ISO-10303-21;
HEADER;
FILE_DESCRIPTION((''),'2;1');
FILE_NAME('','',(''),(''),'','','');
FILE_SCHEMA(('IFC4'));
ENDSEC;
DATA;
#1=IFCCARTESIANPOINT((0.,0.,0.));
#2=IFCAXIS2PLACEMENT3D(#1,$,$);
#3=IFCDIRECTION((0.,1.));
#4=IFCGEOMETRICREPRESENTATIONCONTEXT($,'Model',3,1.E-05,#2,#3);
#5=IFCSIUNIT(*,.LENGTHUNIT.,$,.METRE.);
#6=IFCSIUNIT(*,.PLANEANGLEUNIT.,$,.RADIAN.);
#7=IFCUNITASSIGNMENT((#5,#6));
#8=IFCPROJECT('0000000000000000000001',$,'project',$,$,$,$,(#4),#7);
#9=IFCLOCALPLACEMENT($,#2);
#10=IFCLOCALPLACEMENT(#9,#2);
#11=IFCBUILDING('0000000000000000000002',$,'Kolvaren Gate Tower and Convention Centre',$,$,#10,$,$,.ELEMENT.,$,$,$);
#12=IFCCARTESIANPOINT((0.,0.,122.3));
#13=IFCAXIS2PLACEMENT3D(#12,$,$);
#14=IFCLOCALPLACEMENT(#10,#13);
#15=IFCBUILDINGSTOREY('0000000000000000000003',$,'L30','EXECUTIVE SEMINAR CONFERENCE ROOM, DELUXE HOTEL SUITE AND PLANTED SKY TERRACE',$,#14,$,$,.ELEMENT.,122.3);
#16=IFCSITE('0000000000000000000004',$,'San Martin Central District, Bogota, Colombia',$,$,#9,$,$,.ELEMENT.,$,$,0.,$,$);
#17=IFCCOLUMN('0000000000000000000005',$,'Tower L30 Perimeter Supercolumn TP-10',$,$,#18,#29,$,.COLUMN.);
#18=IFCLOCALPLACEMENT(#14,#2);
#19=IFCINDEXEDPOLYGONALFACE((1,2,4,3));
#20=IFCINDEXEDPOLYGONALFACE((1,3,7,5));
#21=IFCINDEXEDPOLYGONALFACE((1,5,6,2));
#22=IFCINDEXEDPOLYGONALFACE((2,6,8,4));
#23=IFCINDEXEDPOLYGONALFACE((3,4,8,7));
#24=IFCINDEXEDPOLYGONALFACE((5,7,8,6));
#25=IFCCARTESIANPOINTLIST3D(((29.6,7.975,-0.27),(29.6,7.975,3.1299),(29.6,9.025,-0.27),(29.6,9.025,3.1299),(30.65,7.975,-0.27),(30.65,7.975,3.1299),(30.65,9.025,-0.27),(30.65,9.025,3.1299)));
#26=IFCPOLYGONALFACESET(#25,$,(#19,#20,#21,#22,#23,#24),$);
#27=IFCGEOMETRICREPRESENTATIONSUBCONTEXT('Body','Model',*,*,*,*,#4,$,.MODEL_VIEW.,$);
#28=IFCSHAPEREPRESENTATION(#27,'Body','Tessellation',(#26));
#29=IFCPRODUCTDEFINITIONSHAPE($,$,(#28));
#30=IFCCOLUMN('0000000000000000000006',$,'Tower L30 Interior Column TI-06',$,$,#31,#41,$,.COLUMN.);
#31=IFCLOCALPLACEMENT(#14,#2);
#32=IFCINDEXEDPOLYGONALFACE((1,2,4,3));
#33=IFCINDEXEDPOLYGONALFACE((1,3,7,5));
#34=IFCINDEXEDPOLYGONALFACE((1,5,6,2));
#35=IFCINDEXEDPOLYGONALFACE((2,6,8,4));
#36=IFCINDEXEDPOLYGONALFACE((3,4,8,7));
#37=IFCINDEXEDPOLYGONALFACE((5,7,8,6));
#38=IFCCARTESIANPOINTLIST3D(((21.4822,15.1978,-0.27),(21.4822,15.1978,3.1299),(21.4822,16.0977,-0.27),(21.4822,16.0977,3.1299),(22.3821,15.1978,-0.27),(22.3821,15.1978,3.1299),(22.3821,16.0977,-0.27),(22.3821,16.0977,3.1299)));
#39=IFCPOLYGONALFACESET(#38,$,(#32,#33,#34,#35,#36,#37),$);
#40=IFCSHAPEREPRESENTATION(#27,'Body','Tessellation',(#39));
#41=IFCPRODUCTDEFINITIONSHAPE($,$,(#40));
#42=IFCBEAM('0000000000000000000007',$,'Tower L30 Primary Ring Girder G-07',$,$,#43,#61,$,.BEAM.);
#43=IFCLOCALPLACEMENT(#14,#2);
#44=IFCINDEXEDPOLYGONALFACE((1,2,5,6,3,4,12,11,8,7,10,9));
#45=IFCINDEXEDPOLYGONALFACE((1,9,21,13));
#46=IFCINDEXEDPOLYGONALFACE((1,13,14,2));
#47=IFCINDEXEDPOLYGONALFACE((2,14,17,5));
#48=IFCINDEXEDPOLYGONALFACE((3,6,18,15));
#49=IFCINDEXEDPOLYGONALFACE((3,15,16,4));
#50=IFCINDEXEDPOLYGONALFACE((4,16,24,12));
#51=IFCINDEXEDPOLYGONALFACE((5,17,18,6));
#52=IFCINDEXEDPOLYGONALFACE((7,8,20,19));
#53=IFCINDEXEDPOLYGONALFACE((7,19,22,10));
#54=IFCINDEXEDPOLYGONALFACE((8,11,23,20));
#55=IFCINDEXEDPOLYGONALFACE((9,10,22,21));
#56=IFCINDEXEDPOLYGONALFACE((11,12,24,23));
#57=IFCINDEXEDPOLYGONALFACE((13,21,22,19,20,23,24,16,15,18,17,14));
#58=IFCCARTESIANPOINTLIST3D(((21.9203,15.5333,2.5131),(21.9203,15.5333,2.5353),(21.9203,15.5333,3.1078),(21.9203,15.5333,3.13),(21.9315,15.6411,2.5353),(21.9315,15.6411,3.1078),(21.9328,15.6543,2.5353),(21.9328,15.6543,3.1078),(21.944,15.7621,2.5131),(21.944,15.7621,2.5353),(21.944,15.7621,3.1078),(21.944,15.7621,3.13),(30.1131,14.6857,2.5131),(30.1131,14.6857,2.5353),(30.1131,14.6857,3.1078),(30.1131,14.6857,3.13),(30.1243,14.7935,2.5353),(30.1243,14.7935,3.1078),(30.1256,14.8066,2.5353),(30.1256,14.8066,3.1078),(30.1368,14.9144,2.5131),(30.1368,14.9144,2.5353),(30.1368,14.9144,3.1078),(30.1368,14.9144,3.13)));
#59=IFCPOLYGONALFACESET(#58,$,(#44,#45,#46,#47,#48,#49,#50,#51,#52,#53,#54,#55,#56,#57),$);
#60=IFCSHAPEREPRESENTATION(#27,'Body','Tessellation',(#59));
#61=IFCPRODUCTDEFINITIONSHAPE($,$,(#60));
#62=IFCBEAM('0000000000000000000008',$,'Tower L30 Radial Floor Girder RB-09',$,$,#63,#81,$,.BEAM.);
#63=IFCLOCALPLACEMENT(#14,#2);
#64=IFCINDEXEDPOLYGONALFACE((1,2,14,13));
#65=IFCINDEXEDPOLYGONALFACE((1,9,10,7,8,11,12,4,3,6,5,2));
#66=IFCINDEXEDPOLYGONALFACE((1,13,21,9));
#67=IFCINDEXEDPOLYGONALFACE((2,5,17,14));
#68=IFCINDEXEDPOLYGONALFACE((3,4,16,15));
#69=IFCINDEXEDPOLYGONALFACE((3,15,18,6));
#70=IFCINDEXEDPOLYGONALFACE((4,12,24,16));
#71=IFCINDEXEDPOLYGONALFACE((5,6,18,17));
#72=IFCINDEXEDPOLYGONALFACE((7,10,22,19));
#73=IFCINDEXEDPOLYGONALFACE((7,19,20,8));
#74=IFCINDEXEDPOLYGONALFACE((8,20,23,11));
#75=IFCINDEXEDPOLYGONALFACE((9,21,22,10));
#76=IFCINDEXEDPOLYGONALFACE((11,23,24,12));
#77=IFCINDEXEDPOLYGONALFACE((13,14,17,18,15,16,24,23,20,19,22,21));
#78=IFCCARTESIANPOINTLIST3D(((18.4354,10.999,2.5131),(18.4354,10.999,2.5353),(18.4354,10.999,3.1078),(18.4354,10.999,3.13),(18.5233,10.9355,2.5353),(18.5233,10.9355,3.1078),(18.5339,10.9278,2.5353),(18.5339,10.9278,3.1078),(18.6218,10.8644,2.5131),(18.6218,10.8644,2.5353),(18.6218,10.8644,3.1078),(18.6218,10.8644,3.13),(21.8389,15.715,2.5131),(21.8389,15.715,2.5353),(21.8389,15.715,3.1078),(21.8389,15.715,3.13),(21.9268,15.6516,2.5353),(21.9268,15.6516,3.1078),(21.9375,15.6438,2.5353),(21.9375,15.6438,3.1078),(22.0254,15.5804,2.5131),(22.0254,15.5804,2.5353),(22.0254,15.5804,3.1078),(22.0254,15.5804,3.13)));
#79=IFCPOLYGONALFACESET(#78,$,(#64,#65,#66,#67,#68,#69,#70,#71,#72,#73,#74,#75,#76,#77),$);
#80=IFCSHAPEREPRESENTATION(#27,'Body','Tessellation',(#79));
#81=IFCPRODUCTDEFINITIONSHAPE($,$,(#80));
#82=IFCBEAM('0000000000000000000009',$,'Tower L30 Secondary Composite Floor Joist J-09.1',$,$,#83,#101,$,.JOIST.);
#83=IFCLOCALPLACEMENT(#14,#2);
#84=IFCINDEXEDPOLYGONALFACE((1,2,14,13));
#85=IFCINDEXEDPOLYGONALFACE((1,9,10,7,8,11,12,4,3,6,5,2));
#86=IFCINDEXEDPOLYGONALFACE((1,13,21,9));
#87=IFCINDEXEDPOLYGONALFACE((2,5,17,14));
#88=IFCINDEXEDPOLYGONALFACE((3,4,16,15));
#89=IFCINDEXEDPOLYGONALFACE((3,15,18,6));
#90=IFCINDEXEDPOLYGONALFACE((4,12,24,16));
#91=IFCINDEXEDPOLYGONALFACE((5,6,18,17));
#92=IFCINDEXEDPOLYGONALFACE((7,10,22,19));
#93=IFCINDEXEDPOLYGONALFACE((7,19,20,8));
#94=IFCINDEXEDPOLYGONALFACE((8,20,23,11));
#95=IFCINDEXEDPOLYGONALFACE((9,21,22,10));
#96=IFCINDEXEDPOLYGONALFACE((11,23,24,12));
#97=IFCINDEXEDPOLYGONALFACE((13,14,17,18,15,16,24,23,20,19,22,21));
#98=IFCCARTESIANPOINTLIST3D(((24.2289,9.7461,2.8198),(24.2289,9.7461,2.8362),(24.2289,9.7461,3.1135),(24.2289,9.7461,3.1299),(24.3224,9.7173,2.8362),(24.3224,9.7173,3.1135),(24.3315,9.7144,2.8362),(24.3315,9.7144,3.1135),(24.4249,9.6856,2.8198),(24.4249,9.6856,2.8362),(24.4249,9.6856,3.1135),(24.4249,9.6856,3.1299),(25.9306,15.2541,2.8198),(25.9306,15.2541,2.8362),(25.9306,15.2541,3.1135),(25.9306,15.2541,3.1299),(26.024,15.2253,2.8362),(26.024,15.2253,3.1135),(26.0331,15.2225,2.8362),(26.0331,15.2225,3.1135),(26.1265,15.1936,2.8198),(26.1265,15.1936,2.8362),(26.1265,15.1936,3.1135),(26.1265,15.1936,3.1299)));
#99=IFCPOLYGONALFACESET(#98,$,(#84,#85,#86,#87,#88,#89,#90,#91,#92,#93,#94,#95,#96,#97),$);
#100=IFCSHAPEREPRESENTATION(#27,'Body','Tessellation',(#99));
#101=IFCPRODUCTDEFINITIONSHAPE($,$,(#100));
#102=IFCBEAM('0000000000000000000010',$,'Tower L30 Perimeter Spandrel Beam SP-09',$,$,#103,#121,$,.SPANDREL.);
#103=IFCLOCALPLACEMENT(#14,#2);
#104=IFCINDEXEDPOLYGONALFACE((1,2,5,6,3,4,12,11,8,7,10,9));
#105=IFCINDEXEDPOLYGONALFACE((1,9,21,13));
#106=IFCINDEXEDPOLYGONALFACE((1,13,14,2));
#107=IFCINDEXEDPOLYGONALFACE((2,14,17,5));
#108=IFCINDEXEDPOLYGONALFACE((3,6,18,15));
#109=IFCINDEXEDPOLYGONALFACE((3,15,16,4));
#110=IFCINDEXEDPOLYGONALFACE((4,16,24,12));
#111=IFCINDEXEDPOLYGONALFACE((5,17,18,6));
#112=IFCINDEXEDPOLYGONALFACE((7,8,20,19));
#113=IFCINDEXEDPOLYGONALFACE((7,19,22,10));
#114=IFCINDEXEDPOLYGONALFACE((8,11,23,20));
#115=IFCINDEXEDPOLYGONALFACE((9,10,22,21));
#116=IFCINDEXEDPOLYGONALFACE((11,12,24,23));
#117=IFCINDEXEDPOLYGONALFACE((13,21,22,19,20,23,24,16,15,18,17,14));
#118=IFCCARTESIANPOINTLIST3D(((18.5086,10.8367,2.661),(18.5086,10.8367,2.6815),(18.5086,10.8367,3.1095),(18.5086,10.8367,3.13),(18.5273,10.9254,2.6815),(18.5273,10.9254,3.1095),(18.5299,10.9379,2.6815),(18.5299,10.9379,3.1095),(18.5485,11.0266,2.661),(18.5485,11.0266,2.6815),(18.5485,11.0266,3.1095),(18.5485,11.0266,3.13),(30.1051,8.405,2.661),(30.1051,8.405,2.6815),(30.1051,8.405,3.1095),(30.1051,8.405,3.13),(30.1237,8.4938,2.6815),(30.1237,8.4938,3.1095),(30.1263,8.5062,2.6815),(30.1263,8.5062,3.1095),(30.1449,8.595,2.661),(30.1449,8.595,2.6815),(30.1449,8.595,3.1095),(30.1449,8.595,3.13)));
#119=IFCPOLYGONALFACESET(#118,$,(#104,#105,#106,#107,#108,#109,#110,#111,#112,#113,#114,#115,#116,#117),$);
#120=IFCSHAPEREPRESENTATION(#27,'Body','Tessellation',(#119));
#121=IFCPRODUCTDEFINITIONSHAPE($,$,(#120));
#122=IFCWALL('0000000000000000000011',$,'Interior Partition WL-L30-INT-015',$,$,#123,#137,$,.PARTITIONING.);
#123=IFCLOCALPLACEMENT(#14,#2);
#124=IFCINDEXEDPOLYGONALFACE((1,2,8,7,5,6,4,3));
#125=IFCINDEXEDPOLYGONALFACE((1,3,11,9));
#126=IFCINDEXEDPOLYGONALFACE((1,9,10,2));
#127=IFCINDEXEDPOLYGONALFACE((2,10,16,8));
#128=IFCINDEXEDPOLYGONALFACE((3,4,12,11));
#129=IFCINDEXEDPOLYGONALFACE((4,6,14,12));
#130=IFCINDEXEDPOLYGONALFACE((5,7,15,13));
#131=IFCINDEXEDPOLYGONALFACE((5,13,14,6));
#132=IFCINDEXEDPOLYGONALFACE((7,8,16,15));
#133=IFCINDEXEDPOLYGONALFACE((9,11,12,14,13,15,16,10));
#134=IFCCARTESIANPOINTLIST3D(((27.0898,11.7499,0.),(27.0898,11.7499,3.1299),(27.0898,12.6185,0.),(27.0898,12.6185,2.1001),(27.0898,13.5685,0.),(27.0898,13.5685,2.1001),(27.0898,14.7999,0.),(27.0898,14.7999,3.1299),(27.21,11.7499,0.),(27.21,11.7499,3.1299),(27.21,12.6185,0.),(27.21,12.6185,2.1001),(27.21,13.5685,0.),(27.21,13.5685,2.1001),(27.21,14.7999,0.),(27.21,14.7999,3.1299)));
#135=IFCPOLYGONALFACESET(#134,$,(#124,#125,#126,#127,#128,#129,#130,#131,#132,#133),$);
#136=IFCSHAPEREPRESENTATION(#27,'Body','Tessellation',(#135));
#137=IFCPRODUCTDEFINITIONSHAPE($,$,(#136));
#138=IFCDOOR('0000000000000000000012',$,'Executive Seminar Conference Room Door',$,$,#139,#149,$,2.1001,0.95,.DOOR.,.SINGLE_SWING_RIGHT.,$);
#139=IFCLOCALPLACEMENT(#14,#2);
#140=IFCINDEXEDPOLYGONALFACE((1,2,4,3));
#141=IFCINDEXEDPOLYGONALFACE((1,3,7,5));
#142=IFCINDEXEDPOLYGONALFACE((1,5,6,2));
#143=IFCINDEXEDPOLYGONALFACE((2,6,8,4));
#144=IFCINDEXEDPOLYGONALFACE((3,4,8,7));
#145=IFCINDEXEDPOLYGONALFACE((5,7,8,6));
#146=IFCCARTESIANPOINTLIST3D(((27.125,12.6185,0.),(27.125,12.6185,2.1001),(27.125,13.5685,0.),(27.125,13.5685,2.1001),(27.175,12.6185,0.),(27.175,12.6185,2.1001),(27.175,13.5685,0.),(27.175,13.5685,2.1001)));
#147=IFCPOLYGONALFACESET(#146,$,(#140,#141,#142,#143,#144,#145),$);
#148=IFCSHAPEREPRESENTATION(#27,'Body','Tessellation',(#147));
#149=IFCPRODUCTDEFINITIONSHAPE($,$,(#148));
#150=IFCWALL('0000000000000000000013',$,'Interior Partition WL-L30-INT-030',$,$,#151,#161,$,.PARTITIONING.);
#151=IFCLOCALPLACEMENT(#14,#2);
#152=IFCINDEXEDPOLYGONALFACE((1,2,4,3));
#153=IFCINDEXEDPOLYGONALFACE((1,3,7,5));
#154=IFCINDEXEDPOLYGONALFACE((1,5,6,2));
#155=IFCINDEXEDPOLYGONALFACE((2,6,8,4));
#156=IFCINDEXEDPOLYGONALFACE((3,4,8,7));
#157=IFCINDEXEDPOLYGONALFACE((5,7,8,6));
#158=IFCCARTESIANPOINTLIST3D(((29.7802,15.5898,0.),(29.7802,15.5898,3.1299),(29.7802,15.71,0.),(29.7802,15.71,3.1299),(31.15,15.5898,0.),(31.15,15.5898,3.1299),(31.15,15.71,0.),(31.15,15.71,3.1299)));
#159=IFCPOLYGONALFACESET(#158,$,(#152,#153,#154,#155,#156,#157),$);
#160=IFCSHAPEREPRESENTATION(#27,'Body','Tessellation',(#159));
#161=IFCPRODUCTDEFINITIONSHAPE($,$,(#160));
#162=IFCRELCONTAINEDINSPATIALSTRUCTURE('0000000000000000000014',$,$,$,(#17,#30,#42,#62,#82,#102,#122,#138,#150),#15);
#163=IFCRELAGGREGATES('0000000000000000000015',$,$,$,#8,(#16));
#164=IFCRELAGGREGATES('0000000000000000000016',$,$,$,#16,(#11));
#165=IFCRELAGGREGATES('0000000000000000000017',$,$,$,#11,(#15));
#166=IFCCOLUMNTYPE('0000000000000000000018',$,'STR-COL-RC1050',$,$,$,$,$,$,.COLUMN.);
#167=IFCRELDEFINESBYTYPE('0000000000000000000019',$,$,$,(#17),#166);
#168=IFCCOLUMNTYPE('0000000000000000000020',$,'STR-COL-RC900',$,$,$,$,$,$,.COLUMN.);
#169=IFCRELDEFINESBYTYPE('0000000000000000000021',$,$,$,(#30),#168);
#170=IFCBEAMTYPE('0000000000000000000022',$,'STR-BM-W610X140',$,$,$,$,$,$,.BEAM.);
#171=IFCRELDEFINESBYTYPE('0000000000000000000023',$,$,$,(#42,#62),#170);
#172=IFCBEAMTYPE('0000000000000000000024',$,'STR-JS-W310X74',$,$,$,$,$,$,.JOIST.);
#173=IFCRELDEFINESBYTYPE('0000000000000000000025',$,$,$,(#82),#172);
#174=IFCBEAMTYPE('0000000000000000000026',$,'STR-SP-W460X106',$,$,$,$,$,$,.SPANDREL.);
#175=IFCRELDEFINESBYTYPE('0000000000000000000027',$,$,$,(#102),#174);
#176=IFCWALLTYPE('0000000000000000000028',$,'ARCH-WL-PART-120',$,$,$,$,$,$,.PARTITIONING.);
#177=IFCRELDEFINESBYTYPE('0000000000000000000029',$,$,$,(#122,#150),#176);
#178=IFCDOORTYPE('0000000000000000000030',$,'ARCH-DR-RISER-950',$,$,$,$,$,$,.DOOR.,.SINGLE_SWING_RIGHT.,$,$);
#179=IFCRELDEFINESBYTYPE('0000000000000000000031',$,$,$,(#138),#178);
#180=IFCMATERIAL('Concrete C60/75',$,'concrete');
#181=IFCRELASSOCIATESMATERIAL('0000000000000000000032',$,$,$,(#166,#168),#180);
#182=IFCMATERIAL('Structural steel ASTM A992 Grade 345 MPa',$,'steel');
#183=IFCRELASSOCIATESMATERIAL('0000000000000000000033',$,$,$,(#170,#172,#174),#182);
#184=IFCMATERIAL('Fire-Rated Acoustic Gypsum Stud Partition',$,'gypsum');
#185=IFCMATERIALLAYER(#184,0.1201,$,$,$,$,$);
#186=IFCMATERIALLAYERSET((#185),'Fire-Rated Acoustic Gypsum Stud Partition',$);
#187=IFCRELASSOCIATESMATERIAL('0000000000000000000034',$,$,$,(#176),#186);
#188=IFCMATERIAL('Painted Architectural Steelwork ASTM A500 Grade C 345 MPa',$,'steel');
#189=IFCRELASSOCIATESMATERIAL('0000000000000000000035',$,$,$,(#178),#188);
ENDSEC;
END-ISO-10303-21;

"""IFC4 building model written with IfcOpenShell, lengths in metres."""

from ifc_helpers import new_model, si_unit, direction, frame, frame_2d, origin, origin_2d, place, context, subcontext, project, spatial, rectangle, i_section, extrude, material, layer, layer_set, material_profile, profile_set, type_object, element, fill, save


model = new_model("IFC4")

# Units and contexts
model_context = context("Model", 3, precision=1e-05, world=origin(), true_north=direction((0.0, 1.0)))
body_context = subcontext(model_context, "Body", "Model", "MODEL_VIEW")
ifc_project = project(units=[si_unit("LENGTHUNIT", "METRE"), si_unit("PLANEANGLEUNIT", "RADIAN")], contexts=[model_context])

# Site, building, storey
site_placement = place(None, origin())
site = spatial("IfcSite", under=ifc_project, at=site_placement, Name="San Martin Central District, Bogota, Colombia", CompositionType="ELEMENT", RefElevation=0.0)
building_placement = place(site_placement, origin())
building = spatial("IfcBuilding", under=site, at=building_placement, Name="Kolvaren Gate Tower and Convention Centre", CompositionType="ELEMENT")
storey_placement = place(building_placement, frame((0.0, 0.0, 122.3)))
storey = spatial("IfcBuildingStorey", under=building, at=storey_placement, Name="L30", Description="EXECUTIVE SEMINAR CONFERENCE ROOM, DELUXE HOTEL SUITE AND PLANTED SKY TERRACE", CompositionType="ELEMENT", Elevation=122.3)

# Columns
ifc_material_1 = material(Name="Concrete C60/75", Category="concrete")
ifc_material_profile_1 = material_profile(ifc_material_1, rectangle(XDim=1.05, YDim=1.05, at=origin_2d()), Name="RC-COL-1050X1050")
ifc_profile_set_1 = profile_set([ifc_material_profile_1], Name="Concrete C60/75")
column_type_1 = type_object("IfcColumnType", Name="STR-COL-RC1050", PredefinedType="COLUMN", material=ifc_profile_set_1)
column_1_placement = place(storey_placement, frame((30.125, 8.5, -0.27), z_axis=(0.0, 0.0, 1.0), x_axis=(1.0, 0.0, 0.0)))
element("IfcColumn", 1, at=column_1_placement, inside=storey, type_object=column_type_1, Name="Tower L30 Perimeter Supercolumn TP-10", PredefinedType="COLUMN", context=body_context, shape_type="SweptSolid", body=[
    extrude(rectangle(XDim=1.05, YDim=1.05, at=origin_2d()), origin(), (0.0, 0.0, 1.0), 3.3999),
])
ifc_material_profile_2 = material_profile(ifc_material_1, rectangle(XDim=0.8999, YDim=0.8999, at=origin_2d()), Name="RC-COL-900X900")
ifc_profile_set_2 = profile_set([ifc_material_profile_2], Name="Concrete C60/75")
column_type_2 = type_object("IfcColumnType", Name="STR-COL-RC900", PredefinedType="COLUMN", material=ifc_profile_set_2)
column_2_placement = place(storey_placement, frame((21.9321, 15.6477, -0.27), z_axis=(0.0, 0.0, 1.0), x_axis=(1.0, 0.0, 0.0)))
element("IfcColumn", 2, at=column_2_placement, inside=storey, type_object=column_type_2, Name="Tower L30 Interior Column TI-06", PredefinedType="COLUMN", context=body_context, shape_type="SweptSolid", body=[
    extrude(rectangle(XDim=0.8999, YDim=0.8999, at=origin_2d()), origin(), (0.0, 0.0, 1.0), 3.3999),
])

# Beams
ifc_material_2 = material(Name="Structural steel ASTM A992 Grade 345 MPa", Category="steel")
ifc_material_profile_3 = material_profile(ifc_material_2, i_section(OverallWidth=0.23, OverallDepth=0.6169, WebThickness=0.0132, FlangeThickness=0.0222, at=origin_2d()), Name="W610X140")
ifc_profile_set_3 = profile_set([ifc_material_profile_3], Name="Structural steel ASTM A992 Grade 345 MPa")
beam_type_1 = type_object("IfcBeamType", Name="STR-BM-W610X140", PredefinedType="BEAM", material=ifc_profile_set_3)
beam_1_placement = place(storey_placement, frame((21.9321, 15.6477, 2.8215), z_axis=(0.99469, -0.102913, 0.0), x_axis=(0.102913, 0.99469, 0.0)))
element("IfcBeam", 3, at=beam_1_placement, inside=storey, type_object=beam_type_1, Name="Tower L30 Primary Ring Girder G-07", PredefinedType="BEAM", context=body_context, shape_type="SweptSolid", body=[
    extrude(i_section(OverallWidth=0.23, OverallDepth=0.6169, WebThickness=0.0132, FlangeThickness=0.0222, at=origin_2d()), origin(), (0.0, 0.0, 1.0), 8.2366),
])
beam_2_placement = place(storey_placement, frame((21.9321, 15.6477, 2.8215), z_axis=(-0.58521, -0.810882, 0.0), x_axis=(0.810882, -0.58521, 0.0)))
element("IfcBeam", 4, at=beam_2_placement, inside=storey, type_object=beam_type_1, Name="Tower L30 Radial Floor Girder RB-09", PredefinedType="BEAM", context=body_context, shape_type="SweptSolid", body=[
    extrude(i_section(OverallWidth=0.23, OverallDepth=0.6169, WebThickness=0.0132, FlangeThickness=0.0222, at=origin_2d()), origin(), (0.0, 0.0, 1.0), 5.8159),
])
ifc_material_profile_4 = material_profile(ifc_material_2, i_section(OverallWidth=0.2051, OverallDepth=0.3101, WebThickness=0.0095, FlangeThickness=0.0164, at=origin_2d()), Name="W310X74")
ifc_profile_set_4 = profile_set([ifc_material_profile_4], Name="Structural steel ASTM A992 Grade 345 MPa")
beam_type_2 = type_object("IfcBeamType", Name="STR-JS-W310X74", PredefinedType="JOIST", material=ifc_profile_set_4)
beam_3_placement = place(storey_placement, frame((26.0286, 15.2239, 2.9749), z_axis=(-0.295175, -0.955443, 0.0), x_axis=(0.955443, -0.295175, 0.0)))
element("IfcBeam", 5, at=beam_3_placement, inside=storey, type_object=beam_type_2, Name="Tower L30 Secondary Composite Floor Joist J-09.1", PredefinedType="JOIST", context=body_context, shape_type="SweptSolid", body=[
    extrude(i_section(OverallWidth=0.2051, OverallDepth=0.3101, WebThickness=0.0095, FlangeThickness=0.0164, at=origin_2d()), origin(), (0.0, 0.0, 1.0), 5.7649),
])
ifc_material_profile_5 = material_profile(ifc_material_2, i_section(OverallWidth=0.1941, OverallDepth=0.469, WebThickness=0.0127, FlangeThickness=0.0205, at=origin_2d()), Name="W460X106")
ifc_profile_set_5 = profile_set([ifc_material_profile_5], Name="Structural steel ASTM A992 Grade 345 MPa")
beam_type_3 = type_object("IfcBeamType", Name="STR-SP-W460X106", PredefinedType="SPANDREL", material=ifc_profile_set_5)
beam_4_placement = place(storey_placement, frame((18.5286, 10.9316, 2.8955), z_axis=(0.978715, -0.205225, 0.0), x_axis=(0.205225, 0.978715, 0.0)))
element("IfcBeam", 6, at=beam_4_placement, inside=storey, type_object=beam_type_3, Name="Tower L30 Perimeter Spandrel Beam SP-09", PredefinedType="SPANDREL", context=body_context, shape_type="SweptSolid", body=[
    extrude(i_section(OverallWidth=0.1941, OverallDepth=0.469, WebThickness=0.0127, FlangeThickness=0.0205, at=origin_2d()), origin(), (0.0, 0.0, 1.0), 11.8486),
])

# Wall, opening, door
ifc_material_3 = material(Name="Fire-Rated Acoustic Gypsum Stud Partition", Category="gypsum")
ifc_layer_1 = layer(ifc_material_3, 0.1201)
ifc_layer_set_1 = layer_set([ifc_layer_1], Name="Fire-Rated Acoustic Gypsum Stud Partition")
wall_type_1 = type_object("IfcWallType", Name="ARCH-WL-PART-120", PredefinedType="PARTITIONING", material=ifc_layer_set_1)
wall_1_placement = place(storey_placement, frame((27.1499, 11.75, 0.0), z_axis=(0.0, 0.0, 1.0), x_axis=(0.0, 1.0, 0.0)))
wall_1 = element("IfcWall", 7, at=wall_1_placement, inside=storey, type_object=wall_type_1, Name="Interior Partition WL-L30-INT-015", PredefinedType="PARTITIONING", context=body_context, shape_type="SweptSolid", body=[
    extrude(rectangle(XDim=3.05, YDim=0.1201, at=frame_2d((1.5249, 0.0))), origin(), (0.0, 0.0, 1.0), 3.1299),
])
opening_1_placement = place(wall_1_placement, frame((0.8684, 0.0, 0.0)))
opening_1 = element("IfcOpeningElement", 8, at=opening_1_placement, cuts=wall_1, PredefinedType="OPENING", context=body_context, shape_type="SweptSolid", body=[
    extrude(rectangle(XDim=0.95, YDim=2.1001, at=frame_2d((0.4751, 1.05))), frame((0.0, 0.0701, 0.0), z_axis=(0.0, -1.0, 0.0), x_axis=(1.0, 0.0, 0.0)), (0.0, 0.0, 1.0), 0.1401),
])
ifc_material_4 = material(Name="Painted Architectural Steelwork ASTM A500 Grade C 345 MPa", Category="steel")
door_type_1 = type_object("IfcDoorType", Name="ARCH-DR-RISER-950", OperationType="SINGLE_SWING_RIGHT", PredefinedType="DOOR", material=ifc_material_4)
door_1_placement = place(opening_1_placement, origin())
door_1 = element("IfcDoor", 9, at=door_1_placement, inside=storey, type_object=door_type_1, Name="Executive Seminar Conference Room Door", OperationType="SINGLE_SWING_RIGHT", OverallHeight=2.1001, OverallWidth=0.95, PredefinedType="DOOR", context=body_context, shape_type="SweptSolid", body=[
    extrude(rectangle(XDim=0.95, YDim=2.1001, at=frame_2d((0.4751, 1.05))), frame((0.0, 0.0249, 0.0), z_axis=(0.0, -1.0, 0.0), x_axis=(1.0, 0.0, 0.0)), (0.0, 0.0, 1.0), 0.05),
])
fill(opening_1, door_1)

# Wall
wall_2_placement = place(storey_placement, frame((29.78, 15.6499, 0.0), z_axis=(0.0, 0.0, 1.0), x_axis=(1.0, 0.0, 0.0)))
element("IfcWall", 10, at=wall_2_placement, inside=storey, type_object=wall_type_1, Name="Interior Partition WL-L30-INT-030", PredefinedType="PARTITIONING", context=body_context, shape_type="SweptSolid", body=[
    extrude(rectangle(XDim=1.3699, YDim=0.1201, at=frame_2d((0.6851, 0.0))), origin(), (0.0, 0.0, 1.0), 3.1299),
])

save(model, "model.ifc")
